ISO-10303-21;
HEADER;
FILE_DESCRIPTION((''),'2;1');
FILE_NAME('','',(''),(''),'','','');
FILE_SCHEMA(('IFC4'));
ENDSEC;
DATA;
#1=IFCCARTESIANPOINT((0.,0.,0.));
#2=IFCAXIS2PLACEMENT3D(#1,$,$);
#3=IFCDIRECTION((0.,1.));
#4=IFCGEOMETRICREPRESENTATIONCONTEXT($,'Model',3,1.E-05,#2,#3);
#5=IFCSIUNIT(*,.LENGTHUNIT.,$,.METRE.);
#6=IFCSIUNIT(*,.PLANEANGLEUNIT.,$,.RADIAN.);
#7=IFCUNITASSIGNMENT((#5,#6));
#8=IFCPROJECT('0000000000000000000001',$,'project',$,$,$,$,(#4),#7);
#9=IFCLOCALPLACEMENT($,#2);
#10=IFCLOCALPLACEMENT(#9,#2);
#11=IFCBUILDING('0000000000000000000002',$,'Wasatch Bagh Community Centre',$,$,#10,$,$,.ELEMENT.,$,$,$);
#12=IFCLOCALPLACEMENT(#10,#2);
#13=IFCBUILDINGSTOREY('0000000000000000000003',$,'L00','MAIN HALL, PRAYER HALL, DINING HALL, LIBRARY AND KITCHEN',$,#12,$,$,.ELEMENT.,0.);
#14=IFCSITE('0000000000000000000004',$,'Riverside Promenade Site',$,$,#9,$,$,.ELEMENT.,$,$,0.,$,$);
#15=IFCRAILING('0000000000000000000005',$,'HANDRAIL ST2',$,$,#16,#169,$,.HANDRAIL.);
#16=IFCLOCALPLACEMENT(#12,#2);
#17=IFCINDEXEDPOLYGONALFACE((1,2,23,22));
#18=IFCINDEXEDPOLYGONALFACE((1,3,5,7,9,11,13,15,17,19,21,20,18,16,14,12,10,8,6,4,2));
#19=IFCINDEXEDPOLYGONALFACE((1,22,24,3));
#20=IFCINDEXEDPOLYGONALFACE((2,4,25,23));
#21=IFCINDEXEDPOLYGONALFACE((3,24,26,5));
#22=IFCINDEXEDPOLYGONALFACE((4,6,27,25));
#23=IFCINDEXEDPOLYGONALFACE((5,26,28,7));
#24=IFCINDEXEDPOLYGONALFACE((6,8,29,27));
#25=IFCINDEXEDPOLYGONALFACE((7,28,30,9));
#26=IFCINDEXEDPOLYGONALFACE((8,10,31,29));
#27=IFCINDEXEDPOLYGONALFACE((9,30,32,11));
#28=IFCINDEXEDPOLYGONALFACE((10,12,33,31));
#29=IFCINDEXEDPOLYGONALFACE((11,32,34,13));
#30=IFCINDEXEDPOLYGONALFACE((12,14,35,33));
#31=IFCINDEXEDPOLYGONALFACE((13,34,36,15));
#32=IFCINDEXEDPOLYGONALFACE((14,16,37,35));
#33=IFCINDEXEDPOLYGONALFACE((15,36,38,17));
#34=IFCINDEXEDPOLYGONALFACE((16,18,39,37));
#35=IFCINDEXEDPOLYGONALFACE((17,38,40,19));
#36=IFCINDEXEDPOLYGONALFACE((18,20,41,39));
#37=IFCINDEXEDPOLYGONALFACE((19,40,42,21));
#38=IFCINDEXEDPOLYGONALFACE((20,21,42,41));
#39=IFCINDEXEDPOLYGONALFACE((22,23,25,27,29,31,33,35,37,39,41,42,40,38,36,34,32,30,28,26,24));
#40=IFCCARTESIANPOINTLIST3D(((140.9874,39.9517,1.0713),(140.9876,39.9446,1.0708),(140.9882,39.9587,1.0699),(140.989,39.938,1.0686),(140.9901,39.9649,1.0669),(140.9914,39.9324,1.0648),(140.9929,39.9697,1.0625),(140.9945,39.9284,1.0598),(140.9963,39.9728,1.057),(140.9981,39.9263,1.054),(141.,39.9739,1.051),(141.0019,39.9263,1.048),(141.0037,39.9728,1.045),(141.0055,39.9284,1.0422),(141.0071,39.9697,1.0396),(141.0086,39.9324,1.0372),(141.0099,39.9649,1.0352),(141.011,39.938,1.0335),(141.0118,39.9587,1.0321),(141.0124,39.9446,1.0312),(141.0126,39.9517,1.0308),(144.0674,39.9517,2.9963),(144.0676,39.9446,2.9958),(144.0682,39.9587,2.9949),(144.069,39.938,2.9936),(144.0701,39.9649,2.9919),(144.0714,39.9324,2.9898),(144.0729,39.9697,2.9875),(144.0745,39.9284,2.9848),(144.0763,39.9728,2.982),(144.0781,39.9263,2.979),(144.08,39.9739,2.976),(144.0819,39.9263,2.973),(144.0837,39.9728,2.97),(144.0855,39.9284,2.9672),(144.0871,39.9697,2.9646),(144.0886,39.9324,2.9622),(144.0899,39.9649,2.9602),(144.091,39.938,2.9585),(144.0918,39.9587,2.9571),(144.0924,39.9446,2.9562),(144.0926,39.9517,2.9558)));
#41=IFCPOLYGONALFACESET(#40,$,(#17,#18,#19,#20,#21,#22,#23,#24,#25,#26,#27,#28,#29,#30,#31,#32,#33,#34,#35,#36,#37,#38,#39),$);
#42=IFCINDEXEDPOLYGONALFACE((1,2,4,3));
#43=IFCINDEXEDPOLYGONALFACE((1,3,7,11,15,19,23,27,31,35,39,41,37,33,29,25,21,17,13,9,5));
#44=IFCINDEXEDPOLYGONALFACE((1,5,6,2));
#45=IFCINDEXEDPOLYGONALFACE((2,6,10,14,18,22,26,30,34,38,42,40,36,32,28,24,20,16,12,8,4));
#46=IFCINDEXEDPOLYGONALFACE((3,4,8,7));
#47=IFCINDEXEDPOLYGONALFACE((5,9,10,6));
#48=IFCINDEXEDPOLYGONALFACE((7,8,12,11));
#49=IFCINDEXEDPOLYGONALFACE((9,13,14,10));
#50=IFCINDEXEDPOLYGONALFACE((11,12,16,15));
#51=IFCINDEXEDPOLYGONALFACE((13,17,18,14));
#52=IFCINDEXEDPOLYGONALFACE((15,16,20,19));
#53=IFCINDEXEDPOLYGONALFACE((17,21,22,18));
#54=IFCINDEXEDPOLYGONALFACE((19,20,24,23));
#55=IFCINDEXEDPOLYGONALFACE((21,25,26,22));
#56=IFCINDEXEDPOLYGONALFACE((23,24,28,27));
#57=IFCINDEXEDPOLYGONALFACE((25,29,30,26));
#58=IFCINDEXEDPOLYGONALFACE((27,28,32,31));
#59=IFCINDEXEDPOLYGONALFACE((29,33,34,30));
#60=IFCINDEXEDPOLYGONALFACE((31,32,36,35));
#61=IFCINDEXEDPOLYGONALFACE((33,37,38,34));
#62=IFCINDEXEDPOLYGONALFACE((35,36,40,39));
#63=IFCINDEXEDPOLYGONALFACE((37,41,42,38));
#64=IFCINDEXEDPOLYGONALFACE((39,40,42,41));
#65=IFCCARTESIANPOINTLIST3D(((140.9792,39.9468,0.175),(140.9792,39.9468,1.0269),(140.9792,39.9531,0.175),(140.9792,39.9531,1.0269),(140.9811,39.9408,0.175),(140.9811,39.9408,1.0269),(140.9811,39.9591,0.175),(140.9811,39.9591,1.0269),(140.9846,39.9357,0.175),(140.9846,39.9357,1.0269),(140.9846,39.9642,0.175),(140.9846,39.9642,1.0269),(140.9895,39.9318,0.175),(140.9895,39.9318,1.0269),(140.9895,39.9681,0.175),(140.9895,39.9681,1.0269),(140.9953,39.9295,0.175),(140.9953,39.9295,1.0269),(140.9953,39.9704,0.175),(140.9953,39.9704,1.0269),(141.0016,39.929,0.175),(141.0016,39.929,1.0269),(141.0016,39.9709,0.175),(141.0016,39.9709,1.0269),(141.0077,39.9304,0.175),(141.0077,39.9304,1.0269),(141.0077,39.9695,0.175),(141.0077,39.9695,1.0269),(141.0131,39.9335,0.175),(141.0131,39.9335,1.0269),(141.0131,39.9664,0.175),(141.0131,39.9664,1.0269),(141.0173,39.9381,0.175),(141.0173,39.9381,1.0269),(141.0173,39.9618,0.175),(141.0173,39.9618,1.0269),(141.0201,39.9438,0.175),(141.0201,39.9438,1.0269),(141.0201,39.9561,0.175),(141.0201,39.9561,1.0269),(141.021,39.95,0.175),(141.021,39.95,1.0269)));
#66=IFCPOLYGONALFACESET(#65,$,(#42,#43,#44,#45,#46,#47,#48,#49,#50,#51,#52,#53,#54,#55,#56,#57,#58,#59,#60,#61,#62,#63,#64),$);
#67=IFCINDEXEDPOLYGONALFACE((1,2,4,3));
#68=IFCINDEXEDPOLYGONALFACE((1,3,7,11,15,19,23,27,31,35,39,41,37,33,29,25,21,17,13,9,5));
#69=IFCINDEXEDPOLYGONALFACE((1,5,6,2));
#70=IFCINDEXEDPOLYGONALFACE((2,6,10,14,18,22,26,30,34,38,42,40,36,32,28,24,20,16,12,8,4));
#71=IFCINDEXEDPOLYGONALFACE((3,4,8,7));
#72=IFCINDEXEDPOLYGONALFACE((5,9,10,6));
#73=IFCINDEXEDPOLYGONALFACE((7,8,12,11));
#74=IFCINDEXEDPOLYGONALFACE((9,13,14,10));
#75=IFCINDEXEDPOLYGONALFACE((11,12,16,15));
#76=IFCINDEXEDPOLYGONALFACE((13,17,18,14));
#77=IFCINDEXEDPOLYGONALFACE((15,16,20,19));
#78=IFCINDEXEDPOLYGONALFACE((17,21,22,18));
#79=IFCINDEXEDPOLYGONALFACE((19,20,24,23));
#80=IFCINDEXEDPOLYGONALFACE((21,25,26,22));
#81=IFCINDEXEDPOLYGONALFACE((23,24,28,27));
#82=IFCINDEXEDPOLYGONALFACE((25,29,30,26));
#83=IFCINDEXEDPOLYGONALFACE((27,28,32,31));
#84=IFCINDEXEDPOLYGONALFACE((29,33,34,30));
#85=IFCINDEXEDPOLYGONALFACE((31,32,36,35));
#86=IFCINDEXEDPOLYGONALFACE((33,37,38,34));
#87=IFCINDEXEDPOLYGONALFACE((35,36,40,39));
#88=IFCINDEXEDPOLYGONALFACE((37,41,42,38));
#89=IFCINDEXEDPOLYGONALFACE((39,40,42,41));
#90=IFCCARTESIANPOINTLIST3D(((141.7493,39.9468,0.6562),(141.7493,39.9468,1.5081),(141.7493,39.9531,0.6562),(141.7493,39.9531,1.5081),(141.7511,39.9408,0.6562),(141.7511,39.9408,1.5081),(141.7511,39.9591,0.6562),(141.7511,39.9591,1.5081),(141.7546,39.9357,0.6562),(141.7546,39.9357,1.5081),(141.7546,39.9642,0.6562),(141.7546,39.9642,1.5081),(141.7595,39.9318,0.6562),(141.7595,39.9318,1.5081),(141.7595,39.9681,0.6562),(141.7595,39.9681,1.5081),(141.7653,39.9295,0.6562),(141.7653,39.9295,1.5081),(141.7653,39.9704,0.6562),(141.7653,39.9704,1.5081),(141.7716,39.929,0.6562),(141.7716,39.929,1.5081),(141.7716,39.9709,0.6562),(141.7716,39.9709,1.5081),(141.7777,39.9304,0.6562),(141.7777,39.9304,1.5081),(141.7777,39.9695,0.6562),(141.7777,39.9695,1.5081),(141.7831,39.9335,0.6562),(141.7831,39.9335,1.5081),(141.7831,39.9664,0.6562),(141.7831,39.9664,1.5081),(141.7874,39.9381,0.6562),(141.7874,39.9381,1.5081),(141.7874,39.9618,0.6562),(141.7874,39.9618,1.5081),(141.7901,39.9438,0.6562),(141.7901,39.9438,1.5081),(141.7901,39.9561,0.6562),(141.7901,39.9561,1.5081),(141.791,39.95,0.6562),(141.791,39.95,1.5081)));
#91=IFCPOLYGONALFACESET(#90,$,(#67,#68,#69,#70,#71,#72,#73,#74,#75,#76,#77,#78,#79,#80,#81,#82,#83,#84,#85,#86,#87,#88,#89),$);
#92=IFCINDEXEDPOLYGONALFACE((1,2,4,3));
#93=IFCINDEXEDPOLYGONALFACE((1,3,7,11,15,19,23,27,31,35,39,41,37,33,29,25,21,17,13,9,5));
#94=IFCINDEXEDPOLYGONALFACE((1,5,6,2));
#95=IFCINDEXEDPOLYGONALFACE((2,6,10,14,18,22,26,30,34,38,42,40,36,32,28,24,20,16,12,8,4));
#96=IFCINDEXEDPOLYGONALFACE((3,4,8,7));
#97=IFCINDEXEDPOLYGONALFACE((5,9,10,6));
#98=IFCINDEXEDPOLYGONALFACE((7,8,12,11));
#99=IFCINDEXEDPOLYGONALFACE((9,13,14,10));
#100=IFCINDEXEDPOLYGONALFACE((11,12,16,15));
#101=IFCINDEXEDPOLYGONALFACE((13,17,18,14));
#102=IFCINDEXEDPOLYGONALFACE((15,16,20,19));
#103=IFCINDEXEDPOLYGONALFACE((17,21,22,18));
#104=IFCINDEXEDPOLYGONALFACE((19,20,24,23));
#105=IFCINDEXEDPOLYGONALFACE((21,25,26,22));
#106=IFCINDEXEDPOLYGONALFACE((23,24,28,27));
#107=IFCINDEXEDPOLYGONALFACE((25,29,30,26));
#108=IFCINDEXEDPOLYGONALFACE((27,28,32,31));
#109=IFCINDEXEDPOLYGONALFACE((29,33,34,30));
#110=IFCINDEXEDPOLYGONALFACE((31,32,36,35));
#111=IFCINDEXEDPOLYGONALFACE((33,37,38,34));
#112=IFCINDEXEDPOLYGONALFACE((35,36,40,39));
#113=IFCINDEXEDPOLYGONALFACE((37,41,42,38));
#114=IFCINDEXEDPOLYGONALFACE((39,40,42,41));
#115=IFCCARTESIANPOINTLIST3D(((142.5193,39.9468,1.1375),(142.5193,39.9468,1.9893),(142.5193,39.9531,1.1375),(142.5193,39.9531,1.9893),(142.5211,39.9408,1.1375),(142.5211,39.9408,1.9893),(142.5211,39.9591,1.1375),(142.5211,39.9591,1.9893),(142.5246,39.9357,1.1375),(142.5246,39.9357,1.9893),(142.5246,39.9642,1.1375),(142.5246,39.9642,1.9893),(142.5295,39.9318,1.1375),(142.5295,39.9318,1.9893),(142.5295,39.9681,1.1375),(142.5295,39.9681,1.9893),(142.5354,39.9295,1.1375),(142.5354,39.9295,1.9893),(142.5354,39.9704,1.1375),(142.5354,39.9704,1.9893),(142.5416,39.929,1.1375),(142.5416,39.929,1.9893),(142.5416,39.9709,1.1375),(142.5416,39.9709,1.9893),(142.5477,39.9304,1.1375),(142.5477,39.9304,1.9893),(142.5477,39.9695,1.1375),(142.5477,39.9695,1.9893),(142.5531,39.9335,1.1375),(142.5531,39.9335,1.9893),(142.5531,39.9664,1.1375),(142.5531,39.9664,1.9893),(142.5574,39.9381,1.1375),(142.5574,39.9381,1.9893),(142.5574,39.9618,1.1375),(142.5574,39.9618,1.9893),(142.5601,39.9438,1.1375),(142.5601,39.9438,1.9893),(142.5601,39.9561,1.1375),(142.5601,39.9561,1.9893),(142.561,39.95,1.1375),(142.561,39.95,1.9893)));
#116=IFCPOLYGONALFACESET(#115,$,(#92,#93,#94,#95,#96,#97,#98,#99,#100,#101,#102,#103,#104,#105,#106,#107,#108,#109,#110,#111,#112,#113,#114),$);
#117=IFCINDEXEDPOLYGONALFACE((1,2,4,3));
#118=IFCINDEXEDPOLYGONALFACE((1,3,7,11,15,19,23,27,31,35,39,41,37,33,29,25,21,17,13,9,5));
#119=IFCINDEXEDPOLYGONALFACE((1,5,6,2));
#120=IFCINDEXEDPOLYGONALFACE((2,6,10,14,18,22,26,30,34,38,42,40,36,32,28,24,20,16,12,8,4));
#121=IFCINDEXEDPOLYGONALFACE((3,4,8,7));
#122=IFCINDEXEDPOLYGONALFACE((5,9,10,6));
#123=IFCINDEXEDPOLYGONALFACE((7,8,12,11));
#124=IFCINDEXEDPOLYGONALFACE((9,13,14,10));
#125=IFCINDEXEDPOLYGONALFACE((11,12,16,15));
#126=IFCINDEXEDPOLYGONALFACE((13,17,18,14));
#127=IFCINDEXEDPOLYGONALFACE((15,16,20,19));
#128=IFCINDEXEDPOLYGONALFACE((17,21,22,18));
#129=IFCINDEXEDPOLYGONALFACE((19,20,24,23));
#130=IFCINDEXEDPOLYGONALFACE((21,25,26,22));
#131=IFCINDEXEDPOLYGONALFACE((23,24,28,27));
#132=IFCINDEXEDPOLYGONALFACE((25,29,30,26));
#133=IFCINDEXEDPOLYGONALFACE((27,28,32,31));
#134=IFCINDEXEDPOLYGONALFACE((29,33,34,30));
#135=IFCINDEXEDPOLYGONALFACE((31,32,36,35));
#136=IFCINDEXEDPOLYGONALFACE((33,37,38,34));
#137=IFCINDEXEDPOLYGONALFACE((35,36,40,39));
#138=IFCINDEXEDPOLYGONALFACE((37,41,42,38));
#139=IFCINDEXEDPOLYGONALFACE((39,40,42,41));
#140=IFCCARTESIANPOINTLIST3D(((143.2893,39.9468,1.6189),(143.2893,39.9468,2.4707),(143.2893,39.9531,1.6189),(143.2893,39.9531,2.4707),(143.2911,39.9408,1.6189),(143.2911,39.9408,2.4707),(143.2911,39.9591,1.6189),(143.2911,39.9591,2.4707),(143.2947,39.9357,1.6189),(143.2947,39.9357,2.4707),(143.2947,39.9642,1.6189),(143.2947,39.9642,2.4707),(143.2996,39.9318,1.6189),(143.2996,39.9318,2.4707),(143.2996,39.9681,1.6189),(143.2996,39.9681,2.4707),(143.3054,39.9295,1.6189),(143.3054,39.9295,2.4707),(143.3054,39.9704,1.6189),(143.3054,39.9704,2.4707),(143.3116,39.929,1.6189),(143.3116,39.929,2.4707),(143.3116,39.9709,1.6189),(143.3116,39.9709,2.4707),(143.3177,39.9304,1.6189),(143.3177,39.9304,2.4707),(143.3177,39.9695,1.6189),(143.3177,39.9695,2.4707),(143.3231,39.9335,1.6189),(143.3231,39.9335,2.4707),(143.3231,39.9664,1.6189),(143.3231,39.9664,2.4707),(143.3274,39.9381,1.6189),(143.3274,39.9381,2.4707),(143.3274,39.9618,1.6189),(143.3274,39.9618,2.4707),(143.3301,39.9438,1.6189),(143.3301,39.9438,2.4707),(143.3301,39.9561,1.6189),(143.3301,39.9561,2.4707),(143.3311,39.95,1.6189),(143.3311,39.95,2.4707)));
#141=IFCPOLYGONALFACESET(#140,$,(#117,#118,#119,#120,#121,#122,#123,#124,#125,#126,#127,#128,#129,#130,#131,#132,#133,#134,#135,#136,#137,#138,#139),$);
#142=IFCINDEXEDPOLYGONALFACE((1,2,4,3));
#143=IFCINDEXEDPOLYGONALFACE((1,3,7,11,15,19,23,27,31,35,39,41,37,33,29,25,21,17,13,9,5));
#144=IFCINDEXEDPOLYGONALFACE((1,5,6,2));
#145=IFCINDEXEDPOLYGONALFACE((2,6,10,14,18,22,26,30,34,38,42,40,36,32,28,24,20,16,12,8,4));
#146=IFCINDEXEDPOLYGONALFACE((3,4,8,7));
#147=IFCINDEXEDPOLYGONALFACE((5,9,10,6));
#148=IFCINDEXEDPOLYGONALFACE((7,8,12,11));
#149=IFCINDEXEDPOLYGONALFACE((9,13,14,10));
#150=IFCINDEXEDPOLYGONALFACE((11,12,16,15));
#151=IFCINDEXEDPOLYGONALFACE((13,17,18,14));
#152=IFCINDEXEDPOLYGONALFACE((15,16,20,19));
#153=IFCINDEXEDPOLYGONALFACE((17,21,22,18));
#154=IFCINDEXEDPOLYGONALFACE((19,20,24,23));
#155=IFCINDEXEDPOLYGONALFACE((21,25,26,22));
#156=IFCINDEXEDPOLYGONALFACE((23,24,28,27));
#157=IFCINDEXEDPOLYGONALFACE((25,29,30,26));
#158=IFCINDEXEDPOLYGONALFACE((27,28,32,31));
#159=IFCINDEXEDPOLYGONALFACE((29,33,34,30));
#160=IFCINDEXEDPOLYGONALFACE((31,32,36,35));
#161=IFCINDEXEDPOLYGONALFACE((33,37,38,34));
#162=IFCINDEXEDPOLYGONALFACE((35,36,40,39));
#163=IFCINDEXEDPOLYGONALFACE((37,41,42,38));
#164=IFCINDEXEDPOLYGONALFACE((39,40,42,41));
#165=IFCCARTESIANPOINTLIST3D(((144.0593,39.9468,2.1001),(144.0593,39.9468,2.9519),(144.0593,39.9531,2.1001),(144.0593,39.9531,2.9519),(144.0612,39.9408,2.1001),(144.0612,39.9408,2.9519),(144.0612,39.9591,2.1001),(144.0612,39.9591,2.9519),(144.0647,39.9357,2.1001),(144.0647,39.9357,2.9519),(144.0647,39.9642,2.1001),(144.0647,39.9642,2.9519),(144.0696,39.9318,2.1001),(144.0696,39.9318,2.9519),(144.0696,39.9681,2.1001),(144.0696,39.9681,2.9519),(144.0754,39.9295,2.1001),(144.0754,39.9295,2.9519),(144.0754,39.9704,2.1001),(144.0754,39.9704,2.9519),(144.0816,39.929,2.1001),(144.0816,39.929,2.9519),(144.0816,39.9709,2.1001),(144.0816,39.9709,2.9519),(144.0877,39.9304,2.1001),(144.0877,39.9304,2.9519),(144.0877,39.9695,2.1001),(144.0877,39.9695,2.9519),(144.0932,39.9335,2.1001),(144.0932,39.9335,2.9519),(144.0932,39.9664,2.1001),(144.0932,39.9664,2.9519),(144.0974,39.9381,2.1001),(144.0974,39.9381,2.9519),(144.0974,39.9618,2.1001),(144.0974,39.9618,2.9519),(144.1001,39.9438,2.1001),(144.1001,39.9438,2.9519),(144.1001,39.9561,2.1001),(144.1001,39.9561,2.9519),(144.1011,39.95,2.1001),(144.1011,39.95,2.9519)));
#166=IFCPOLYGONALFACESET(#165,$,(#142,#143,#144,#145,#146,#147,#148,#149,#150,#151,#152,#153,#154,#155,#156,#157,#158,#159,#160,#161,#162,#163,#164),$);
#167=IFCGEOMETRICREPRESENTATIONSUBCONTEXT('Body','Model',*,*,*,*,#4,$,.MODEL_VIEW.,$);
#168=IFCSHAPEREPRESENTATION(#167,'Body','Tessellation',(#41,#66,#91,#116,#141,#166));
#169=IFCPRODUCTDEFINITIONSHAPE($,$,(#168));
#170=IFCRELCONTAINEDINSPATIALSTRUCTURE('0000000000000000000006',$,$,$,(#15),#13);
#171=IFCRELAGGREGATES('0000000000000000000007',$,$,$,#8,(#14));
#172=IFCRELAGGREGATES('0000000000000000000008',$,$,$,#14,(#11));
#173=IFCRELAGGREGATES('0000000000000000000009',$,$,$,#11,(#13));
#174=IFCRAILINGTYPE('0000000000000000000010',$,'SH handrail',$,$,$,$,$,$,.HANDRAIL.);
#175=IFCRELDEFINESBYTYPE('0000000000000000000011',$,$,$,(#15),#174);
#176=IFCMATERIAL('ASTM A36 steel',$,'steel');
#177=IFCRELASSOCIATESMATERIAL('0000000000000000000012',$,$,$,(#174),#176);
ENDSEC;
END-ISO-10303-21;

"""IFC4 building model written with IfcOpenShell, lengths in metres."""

from ifc_helpers import new_model, si_unit, direction, frame, origin, origin_2d, place, context, subcontext, project, spatial, circle, extrude, material, type_object, element, save


model = new_model("IFC4")

# Units and contexts
model_context = context("Model", 3, precision=1e-05, world=origin(), true_north=direction((0.0, 1.0)))
body_context = subcontext(model_context, "Body", "Model", "MODEL_VIEW")
ifc_project = project(units=[si_unit("LENGTHUNIT", "METRE"), si_unit("PLANEANGLEUNIT", "RADIAN")], contexts=[model_context])

# Site, building, storey
site_placement = place(None, origin())
site = spatial("IfcSite", under=ifc_project, at=site_placement, Name="Riverside Promenade Site", CompositionType="ELEMENT", RefElevation=0.0)
building_placement = place(site_placement, origin())
building = spatial("IfcBuilding", under=site, at=building_placement, Name="Wasatch Bagh Community Centre", CompositionType="ELEMENT")
storey_placement = place(building_placement, origin())
storey = spatial("IfcBuildingStorey", under=building, at=storey_placement, Name="L00", Description="MAIN HALL, PRAYER HALL, DINING HALL, LIBRARY AND KITCHEN", CompositionType="ELEMENT", Elevation=0.0)

# Railing
ifc_material_1 = material(Name="ASTM A36 steel", Category="steel")
railing_type_1 = type_object("IfcRailingType", Name="SH handrail", PredefinedType="HANDRAIL", material=ifc_material_1)
for number, where, name in (
    (1, (141.0, 39.95, 0.175), "HANDRAIL ST2"),
):
    element("IfcRailing", number, at=place(storey_placement, frame(where)), inside=storey, type_object=railing_type_1, Name=name, PredefinedType="HANDRAIL", context=body_context, shape_type="SweptSolid", body=[
        extrude(circle(Radius=0.0239, at=origin_2d()), frame((0.0, 0.0, 0.876), z_axis=(0.847998, 0.0, 0.529999), x_axis=(0.0, 1.0, 0.0)), (0.0, 0.0, 1.0), 3.6321),
        extrude(circle(Radius=0.021, at=origin_2d()), origin(), (0.0, 0.0, 1.0), 0.8518),
        extrude(circle(Radius=0.021, at=origin_2d()), frame((0.77, 0.0, 0.4812)), (0.0, 0.0, 1.0), 0.8518),
        extrude(circle(Radius=0.021, at=origin_2d()), frame((1.54, 0.0, 0.9624)), (0.0, 0.0, 1.0), 0.8518),
        extrude(circle(Radius=0.021, at=origin_2d()), frame((2.3101, 0.0, 1.4438)), (0.0, 0.0, 1.0), 0.8518),
        extrude(circle(Radius=0.021, at=origin_2d()), frame((3.0801, 0.0, 1.925)), (0.0, 0.0, 1.0), 0.8518),
    ])

save(model, "model.ifc")
